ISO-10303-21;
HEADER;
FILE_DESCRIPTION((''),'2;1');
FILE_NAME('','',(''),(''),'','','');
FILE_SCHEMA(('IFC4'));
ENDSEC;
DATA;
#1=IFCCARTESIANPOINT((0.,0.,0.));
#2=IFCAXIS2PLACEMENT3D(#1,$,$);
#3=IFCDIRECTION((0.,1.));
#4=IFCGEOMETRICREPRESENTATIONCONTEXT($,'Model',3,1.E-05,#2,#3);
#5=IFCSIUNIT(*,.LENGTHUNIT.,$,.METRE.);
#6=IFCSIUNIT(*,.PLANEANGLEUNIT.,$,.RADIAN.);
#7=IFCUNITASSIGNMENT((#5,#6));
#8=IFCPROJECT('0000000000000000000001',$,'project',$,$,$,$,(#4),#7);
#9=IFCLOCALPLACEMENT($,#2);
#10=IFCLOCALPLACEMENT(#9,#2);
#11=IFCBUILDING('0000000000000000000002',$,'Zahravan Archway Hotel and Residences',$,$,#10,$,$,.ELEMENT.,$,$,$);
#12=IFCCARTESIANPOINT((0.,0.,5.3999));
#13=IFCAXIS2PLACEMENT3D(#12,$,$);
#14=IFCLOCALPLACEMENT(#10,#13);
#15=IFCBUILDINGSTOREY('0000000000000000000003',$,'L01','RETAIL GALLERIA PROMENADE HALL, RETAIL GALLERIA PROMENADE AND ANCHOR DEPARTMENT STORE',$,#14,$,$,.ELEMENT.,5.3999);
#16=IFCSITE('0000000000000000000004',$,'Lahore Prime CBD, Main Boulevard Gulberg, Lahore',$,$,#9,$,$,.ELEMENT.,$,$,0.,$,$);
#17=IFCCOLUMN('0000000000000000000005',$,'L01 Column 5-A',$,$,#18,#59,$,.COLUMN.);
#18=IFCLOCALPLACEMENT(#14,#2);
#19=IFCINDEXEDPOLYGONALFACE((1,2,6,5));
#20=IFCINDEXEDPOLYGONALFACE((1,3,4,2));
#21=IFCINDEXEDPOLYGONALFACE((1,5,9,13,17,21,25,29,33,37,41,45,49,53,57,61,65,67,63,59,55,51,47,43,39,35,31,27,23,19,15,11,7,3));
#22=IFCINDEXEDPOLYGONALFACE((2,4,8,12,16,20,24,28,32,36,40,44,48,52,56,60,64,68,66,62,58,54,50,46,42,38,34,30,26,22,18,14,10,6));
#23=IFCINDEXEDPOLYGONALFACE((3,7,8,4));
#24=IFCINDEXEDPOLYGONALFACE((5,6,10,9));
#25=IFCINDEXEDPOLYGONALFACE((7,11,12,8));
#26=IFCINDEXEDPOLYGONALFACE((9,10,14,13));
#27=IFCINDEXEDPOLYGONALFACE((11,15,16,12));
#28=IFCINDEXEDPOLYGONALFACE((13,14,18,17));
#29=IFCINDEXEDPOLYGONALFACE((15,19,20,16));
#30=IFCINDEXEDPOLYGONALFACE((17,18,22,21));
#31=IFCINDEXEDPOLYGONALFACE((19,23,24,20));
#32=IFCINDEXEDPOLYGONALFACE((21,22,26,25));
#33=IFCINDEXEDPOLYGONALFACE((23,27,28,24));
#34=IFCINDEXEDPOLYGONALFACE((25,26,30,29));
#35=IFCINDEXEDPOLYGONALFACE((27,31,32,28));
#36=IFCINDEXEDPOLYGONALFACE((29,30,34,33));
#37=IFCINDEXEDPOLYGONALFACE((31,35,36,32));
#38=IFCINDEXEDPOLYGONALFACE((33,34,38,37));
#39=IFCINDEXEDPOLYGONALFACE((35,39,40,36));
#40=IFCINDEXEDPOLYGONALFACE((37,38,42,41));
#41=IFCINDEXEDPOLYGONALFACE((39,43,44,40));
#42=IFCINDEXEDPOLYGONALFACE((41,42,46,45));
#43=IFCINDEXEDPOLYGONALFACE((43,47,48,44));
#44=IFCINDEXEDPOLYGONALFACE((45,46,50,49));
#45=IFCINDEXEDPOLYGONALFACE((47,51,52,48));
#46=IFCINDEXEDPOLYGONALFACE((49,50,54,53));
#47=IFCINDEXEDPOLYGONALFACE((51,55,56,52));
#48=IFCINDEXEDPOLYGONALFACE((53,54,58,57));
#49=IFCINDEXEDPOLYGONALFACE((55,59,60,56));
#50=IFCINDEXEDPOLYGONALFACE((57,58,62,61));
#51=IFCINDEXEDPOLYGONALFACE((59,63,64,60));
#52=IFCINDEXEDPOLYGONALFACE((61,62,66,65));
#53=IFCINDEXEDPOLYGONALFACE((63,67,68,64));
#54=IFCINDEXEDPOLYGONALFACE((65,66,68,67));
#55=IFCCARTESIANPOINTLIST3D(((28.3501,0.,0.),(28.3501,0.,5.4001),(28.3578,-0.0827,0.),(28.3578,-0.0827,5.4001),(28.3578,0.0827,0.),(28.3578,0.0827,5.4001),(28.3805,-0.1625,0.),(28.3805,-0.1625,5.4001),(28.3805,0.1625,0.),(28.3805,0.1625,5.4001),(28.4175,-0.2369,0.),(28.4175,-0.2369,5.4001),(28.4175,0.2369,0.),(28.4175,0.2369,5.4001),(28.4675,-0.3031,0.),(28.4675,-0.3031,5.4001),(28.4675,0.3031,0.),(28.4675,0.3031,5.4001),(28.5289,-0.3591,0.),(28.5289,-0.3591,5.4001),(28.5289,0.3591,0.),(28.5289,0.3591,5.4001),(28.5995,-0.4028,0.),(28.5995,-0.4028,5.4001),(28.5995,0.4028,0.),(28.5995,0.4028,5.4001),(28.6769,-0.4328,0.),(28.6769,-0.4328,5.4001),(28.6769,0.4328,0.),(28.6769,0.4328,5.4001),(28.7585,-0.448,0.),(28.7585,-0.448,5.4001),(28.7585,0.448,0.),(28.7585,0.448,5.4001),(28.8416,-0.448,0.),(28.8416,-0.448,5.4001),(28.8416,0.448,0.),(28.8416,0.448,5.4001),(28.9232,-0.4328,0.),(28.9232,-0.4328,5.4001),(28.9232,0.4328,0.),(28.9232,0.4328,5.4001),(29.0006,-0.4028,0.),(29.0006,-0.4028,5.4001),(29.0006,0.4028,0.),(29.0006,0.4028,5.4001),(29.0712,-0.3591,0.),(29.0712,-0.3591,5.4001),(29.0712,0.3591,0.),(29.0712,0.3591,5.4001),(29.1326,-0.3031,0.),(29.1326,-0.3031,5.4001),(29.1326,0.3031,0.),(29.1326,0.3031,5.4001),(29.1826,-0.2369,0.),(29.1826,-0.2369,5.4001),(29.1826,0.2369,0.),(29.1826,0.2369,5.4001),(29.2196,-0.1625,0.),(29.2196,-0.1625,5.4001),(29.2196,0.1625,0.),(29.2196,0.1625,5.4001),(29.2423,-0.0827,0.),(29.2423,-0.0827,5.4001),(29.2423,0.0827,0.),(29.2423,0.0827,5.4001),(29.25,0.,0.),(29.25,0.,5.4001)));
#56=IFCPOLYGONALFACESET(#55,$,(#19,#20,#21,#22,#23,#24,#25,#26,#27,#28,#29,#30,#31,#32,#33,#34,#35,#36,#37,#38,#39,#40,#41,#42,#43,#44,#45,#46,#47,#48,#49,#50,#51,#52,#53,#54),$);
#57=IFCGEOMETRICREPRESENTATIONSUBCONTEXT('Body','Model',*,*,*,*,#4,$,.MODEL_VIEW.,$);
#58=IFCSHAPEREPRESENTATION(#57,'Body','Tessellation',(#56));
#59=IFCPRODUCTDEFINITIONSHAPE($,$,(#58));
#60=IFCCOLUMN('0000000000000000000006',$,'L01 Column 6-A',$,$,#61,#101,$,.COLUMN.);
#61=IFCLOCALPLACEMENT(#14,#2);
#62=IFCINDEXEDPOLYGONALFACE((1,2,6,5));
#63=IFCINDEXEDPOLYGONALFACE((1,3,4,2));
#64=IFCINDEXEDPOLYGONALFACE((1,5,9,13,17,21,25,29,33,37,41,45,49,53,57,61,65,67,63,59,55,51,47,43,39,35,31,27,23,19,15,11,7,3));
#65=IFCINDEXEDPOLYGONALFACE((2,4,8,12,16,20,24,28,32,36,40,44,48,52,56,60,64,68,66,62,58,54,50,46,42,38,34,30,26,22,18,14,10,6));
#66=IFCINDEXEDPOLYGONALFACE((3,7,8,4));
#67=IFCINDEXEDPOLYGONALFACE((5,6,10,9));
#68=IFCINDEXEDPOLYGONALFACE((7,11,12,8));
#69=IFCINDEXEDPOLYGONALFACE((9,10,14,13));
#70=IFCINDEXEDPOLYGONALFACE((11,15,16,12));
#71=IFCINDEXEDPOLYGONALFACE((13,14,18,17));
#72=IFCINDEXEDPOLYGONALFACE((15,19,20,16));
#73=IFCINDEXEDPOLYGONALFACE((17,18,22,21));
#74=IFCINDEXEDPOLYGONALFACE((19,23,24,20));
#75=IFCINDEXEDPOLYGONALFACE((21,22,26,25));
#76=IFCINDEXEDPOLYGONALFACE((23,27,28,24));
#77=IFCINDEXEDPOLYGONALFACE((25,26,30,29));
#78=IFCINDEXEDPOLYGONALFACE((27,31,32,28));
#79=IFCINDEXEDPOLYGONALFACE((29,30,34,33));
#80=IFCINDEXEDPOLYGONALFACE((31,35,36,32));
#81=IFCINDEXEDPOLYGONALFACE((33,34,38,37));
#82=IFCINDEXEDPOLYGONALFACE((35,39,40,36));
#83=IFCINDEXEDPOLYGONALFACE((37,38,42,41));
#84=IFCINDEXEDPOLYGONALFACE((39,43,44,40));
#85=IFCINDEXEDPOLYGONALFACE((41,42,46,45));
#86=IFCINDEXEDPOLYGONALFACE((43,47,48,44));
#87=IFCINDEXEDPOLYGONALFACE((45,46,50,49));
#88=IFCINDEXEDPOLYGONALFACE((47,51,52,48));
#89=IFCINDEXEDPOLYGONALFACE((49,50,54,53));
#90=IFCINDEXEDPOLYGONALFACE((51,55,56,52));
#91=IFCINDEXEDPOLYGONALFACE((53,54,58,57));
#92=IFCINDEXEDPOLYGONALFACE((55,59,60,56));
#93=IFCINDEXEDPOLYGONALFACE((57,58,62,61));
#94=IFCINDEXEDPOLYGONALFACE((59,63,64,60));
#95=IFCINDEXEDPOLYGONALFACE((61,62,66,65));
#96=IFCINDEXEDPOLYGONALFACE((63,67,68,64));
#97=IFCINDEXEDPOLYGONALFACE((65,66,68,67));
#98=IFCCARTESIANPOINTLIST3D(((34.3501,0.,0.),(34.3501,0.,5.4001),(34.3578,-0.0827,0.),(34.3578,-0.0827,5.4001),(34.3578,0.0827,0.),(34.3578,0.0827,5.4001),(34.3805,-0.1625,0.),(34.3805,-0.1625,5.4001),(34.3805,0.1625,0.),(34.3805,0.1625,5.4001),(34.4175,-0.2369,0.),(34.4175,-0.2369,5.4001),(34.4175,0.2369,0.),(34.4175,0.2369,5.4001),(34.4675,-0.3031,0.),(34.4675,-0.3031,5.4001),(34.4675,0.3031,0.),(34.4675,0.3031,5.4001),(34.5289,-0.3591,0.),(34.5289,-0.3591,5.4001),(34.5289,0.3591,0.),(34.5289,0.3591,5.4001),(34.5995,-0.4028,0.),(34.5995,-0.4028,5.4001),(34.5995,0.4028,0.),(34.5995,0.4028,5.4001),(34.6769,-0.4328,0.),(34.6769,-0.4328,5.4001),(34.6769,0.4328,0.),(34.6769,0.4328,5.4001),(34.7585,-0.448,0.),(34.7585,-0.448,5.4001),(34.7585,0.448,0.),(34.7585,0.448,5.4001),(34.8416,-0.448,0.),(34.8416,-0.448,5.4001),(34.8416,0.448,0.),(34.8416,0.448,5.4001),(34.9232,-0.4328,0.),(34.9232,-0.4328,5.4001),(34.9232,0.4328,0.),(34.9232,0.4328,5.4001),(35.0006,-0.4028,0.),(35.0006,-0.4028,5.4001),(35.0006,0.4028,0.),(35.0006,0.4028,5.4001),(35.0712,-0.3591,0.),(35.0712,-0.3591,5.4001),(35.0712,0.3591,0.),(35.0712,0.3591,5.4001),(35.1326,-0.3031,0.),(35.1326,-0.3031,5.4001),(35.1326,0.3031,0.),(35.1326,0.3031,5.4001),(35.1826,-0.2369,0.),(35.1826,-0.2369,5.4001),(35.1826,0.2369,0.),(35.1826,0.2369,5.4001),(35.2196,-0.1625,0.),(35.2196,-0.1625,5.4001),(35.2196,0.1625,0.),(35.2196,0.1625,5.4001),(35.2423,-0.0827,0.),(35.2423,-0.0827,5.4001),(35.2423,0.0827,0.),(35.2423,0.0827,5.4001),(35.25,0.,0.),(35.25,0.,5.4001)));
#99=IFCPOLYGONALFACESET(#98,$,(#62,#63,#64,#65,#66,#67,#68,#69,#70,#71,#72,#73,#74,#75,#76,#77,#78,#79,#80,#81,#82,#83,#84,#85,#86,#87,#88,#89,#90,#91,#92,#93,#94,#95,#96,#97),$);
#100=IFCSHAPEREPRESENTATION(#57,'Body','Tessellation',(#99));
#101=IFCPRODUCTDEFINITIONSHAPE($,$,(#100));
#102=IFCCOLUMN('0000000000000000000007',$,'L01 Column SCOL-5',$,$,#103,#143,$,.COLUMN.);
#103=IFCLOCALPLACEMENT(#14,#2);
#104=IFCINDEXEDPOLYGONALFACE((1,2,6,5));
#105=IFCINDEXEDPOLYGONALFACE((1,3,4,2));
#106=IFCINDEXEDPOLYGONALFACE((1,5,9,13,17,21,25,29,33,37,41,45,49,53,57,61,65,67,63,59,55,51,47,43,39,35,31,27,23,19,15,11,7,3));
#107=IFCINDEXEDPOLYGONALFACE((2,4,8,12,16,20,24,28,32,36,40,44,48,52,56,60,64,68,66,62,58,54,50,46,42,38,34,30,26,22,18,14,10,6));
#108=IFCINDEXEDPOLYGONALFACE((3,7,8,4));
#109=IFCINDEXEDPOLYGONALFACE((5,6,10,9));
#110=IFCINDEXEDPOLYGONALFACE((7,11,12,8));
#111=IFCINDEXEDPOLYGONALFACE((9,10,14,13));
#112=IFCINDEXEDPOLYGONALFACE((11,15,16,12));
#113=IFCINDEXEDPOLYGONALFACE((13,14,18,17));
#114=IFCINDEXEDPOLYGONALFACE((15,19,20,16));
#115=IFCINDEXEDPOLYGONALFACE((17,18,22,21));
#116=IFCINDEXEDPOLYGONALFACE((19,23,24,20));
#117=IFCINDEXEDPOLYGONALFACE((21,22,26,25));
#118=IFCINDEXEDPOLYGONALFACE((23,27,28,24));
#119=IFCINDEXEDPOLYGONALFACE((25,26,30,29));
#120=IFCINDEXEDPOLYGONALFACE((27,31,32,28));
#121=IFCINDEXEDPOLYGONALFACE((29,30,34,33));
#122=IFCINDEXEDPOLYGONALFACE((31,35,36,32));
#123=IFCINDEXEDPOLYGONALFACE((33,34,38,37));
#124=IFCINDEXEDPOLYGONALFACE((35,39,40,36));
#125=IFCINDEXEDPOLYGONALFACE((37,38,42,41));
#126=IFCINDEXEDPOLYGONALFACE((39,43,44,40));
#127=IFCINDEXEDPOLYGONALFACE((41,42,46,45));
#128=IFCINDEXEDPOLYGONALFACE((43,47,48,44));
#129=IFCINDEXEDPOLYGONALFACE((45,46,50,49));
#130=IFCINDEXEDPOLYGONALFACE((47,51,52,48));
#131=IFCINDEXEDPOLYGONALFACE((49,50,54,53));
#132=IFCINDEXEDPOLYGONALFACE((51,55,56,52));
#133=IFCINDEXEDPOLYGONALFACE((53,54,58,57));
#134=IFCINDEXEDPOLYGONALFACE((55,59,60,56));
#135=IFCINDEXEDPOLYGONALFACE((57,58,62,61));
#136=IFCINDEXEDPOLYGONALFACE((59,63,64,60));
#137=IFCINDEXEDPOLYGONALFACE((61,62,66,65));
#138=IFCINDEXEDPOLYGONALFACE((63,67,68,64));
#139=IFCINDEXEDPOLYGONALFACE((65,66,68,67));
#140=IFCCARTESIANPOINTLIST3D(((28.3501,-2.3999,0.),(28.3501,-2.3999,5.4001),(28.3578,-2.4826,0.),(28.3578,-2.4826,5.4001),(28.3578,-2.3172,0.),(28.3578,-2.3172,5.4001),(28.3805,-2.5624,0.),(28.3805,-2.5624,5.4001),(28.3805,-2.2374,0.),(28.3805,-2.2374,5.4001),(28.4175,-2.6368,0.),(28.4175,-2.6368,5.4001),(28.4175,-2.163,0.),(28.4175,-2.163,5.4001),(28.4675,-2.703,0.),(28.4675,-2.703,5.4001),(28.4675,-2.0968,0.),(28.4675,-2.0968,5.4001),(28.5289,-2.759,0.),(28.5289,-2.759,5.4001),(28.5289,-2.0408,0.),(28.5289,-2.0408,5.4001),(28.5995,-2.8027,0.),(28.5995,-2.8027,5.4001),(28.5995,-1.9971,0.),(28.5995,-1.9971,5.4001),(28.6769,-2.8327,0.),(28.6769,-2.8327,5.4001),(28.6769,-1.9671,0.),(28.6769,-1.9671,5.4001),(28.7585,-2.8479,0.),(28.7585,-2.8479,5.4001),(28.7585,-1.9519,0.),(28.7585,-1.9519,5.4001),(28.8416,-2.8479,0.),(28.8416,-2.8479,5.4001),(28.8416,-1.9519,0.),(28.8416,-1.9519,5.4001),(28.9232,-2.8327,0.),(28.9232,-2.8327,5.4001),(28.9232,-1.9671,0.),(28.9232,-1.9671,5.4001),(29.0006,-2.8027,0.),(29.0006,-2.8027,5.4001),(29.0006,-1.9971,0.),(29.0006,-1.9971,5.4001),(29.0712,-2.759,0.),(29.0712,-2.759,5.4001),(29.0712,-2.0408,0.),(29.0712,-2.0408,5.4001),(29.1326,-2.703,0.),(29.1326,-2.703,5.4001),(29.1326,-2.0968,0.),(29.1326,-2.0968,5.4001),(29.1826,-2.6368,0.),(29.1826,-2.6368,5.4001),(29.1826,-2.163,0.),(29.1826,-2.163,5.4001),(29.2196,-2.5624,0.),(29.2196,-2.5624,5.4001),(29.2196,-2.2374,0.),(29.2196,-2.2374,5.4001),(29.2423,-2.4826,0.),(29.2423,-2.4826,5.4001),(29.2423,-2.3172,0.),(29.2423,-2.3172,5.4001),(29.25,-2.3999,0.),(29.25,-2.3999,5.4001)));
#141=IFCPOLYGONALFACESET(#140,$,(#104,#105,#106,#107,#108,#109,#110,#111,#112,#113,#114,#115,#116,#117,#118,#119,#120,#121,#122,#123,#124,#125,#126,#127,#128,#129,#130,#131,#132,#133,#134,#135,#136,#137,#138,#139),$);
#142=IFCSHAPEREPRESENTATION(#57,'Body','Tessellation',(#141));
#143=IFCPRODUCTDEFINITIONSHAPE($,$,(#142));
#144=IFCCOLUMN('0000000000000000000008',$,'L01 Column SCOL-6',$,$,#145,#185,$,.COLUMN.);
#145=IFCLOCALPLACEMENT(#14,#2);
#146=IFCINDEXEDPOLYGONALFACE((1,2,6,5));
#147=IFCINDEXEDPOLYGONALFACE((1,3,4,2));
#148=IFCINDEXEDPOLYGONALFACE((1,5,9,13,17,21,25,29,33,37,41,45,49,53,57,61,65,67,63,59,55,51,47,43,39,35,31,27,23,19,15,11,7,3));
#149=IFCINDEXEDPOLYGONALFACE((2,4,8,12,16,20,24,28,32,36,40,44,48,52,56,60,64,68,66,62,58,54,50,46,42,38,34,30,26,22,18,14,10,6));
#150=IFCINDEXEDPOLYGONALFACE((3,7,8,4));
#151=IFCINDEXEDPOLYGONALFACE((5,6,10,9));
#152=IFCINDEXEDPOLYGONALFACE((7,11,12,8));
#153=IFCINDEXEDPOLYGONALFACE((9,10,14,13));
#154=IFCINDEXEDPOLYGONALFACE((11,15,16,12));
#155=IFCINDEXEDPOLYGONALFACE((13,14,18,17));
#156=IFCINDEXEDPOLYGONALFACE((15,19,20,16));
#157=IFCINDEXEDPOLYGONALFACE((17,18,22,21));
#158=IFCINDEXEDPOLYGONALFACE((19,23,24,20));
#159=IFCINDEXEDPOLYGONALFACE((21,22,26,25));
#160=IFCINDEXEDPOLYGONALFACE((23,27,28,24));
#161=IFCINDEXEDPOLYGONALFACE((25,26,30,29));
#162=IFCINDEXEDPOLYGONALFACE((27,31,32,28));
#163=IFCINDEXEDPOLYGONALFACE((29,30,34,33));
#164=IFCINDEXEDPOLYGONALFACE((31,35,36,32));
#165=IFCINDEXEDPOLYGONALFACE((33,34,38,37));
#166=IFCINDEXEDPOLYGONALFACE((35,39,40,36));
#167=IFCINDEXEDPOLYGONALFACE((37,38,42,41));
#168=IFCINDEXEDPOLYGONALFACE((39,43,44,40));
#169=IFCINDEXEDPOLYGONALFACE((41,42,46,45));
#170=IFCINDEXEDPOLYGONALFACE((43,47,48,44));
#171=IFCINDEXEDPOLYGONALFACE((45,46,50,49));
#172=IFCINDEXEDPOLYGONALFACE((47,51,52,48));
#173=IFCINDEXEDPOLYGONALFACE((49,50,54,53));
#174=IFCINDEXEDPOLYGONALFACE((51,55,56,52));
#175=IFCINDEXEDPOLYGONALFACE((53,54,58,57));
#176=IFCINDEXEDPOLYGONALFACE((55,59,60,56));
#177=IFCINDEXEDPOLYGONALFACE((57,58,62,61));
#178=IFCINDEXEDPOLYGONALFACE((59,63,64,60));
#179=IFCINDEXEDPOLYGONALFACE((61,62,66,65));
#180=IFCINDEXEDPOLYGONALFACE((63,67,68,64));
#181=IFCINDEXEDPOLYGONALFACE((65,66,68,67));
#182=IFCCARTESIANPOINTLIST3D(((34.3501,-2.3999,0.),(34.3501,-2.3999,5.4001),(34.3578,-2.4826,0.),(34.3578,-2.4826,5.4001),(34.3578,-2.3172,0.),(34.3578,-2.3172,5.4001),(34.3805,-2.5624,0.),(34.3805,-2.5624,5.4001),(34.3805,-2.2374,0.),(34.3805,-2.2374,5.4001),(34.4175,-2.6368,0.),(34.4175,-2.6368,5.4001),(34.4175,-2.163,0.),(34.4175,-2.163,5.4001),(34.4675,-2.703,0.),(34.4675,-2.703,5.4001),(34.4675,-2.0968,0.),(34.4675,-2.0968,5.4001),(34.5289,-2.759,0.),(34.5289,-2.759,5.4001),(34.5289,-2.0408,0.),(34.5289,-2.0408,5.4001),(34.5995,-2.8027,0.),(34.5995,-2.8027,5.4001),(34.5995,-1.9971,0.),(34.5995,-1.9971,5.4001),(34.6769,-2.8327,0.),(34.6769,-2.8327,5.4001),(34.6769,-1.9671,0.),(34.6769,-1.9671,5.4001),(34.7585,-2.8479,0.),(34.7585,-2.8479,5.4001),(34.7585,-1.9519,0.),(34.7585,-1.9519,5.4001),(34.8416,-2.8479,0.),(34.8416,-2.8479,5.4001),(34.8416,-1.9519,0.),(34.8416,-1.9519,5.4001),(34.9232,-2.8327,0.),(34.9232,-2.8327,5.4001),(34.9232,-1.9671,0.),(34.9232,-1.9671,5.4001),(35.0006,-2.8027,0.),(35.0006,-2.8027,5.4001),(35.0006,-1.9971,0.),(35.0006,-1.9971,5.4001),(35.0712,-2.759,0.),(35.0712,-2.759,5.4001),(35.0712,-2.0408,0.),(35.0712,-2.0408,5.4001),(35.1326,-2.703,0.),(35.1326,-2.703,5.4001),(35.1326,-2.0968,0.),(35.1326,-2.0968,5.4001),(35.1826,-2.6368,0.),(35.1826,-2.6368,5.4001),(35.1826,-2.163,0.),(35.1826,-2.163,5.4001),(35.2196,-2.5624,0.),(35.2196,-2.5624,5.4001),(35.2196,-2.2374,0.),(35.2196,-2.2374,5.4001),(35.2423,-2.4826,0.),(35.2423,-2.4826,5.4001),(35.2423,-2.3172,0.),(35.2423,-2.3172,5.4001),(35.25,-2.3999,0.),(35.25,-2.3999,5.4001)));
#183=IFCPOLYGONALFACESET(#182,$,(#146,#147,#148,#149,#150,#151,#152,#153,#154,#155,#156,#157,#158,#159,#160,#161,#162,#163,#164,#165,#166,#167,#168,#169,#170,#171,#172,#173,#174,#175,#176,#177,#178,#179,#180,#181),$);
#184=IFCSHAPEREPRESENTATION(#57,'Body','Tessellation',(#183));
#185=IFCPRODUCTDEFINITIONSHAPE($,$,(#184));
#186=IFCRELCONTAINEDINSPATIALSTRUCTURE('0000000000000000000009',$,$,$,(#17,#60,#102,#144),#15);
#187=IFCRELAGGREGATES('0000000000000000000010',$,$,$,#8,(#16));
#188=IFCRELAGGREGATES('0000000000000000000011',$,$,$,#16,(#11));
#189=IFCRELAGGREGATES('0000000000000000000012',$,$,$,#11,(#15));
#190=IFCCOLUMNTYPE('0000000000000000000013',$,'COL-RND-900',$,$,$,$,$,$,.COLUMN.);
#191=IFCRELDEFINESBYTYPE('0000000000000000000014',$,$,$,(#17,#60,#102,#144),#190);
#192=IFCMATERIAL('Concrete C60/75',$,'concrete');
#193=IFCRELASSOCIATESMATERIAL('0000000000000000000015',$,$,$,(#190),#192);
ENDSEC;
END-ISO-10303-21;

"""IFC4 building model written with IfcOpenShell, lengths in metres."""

from ifc_helpers import new_model, si_unit, direction, frame, origin, origin_2d, place, context, subcontext, project, spatial, circle, extrude, source, transform, mapped, material, material_profile, profile_set, type_object, element, save


model = new_model("IFC4")

# Units and contexts
model_context = context("Model", 3, precision=1e-05, world=origin(), true_north=direction((0.0, 1.0)))
body_context = subcontext(model_context, "Body", "Model", "MODEL_VIEW")
ifc_project = project(units=[si_unit("LENGTHUNIT", "METRE"), si_unit("PLANEANGLEUNIT", "RADIAN")], contexts=[model_context])

# Site, building, storey
site_placement = place(None, origin())
site = spatial("IfcSite", under=ifc_project, at=site_placement, Name="Lahore Prime CBD, Main Boulevard Gulberg, Lahore", CompositionType="ELEMENT", RefElevation=0.0)
building_placement = place(site_placement, origin())
building = spatial("IfcBuilding", under=site, at=building_placement, Name="Zahravan Archway Hotel and Residences", CompositionType="ELEMENT")
storey_placement = place(building_placement, frame((0.0, 0.0, 5.3999)))
storey = spatial("IfcBuildingStorey", under=building, at=storey_placement, Name="L01", Description="RETAIL GALLERIA PROMENADE HALL, RETAIL GALLERIA PROMENADE AND ANCHOR DEPARTMENT STORE", CompositionType="ELEMENT", Elevation=5.3999)

# Columns
ifc_material_1 = material(Name="Concrete C60/75", Category="concrete")
ifc_material_profile_1 = material_profile(ifc_material_1, circle(Radius=0.45, at=origin_2d()), Name="RC-CIRC-900", Category="concrete")
ifc_profile_set_1 = profile_set([ifc_material_profile_1], Name="Concrete C60/75")
column_type = type_object("IfcColumnType", Name="COL-RND-900", PredefinedType="COLUMN", material=ifc_profile_set_1)
shared_shape_1 = source(origin(), body_context, "Body", "SweptSolid", [
    extrude(circle(Radius=0.45, at=origin_2d()), origin(), (0.0, 0.0, 1.0), 5.4001),
])
for number, where, z_axis, x_axis, name in (
    (1, (28.8, 0.0, 0.0), (0.0, 0.0, 1.0), (1.0, 0.0, 0.0), "L01 Column 5-A"),
    (2, (34.8, 0.0, 0.0), (0.0, 0.0, 1.0), (1.0, 0.0, 0.0), "L01 Column 6-A"),
    (3, (28.8, -2.3999, 0.0), (0.0, 0.0, 1.0), (1.0, 0.0, 0.0), "L01 Column SCOL-5"),
    (4, (34.8, -2.3999, 0.0), (0.0, 0.0, 1.0), (1.0, 0.0, 0.0), "L01 Column SCOL-6"),
):
    element("IfcColumn", number, at=place(storey_placement, frame(where, z_axis=z_axis, x_axis=x_axis)), inside=storey, type_object=column_type, Name=name, PredefinedType="COLUMN", context=body_context, shape_type="MappedRepresentation", body=[
        mapped(shared_shape_1, transform((0.0, 0.0, 0.0), scale=1.0)),
    ])

save(model, "model.ifc")
